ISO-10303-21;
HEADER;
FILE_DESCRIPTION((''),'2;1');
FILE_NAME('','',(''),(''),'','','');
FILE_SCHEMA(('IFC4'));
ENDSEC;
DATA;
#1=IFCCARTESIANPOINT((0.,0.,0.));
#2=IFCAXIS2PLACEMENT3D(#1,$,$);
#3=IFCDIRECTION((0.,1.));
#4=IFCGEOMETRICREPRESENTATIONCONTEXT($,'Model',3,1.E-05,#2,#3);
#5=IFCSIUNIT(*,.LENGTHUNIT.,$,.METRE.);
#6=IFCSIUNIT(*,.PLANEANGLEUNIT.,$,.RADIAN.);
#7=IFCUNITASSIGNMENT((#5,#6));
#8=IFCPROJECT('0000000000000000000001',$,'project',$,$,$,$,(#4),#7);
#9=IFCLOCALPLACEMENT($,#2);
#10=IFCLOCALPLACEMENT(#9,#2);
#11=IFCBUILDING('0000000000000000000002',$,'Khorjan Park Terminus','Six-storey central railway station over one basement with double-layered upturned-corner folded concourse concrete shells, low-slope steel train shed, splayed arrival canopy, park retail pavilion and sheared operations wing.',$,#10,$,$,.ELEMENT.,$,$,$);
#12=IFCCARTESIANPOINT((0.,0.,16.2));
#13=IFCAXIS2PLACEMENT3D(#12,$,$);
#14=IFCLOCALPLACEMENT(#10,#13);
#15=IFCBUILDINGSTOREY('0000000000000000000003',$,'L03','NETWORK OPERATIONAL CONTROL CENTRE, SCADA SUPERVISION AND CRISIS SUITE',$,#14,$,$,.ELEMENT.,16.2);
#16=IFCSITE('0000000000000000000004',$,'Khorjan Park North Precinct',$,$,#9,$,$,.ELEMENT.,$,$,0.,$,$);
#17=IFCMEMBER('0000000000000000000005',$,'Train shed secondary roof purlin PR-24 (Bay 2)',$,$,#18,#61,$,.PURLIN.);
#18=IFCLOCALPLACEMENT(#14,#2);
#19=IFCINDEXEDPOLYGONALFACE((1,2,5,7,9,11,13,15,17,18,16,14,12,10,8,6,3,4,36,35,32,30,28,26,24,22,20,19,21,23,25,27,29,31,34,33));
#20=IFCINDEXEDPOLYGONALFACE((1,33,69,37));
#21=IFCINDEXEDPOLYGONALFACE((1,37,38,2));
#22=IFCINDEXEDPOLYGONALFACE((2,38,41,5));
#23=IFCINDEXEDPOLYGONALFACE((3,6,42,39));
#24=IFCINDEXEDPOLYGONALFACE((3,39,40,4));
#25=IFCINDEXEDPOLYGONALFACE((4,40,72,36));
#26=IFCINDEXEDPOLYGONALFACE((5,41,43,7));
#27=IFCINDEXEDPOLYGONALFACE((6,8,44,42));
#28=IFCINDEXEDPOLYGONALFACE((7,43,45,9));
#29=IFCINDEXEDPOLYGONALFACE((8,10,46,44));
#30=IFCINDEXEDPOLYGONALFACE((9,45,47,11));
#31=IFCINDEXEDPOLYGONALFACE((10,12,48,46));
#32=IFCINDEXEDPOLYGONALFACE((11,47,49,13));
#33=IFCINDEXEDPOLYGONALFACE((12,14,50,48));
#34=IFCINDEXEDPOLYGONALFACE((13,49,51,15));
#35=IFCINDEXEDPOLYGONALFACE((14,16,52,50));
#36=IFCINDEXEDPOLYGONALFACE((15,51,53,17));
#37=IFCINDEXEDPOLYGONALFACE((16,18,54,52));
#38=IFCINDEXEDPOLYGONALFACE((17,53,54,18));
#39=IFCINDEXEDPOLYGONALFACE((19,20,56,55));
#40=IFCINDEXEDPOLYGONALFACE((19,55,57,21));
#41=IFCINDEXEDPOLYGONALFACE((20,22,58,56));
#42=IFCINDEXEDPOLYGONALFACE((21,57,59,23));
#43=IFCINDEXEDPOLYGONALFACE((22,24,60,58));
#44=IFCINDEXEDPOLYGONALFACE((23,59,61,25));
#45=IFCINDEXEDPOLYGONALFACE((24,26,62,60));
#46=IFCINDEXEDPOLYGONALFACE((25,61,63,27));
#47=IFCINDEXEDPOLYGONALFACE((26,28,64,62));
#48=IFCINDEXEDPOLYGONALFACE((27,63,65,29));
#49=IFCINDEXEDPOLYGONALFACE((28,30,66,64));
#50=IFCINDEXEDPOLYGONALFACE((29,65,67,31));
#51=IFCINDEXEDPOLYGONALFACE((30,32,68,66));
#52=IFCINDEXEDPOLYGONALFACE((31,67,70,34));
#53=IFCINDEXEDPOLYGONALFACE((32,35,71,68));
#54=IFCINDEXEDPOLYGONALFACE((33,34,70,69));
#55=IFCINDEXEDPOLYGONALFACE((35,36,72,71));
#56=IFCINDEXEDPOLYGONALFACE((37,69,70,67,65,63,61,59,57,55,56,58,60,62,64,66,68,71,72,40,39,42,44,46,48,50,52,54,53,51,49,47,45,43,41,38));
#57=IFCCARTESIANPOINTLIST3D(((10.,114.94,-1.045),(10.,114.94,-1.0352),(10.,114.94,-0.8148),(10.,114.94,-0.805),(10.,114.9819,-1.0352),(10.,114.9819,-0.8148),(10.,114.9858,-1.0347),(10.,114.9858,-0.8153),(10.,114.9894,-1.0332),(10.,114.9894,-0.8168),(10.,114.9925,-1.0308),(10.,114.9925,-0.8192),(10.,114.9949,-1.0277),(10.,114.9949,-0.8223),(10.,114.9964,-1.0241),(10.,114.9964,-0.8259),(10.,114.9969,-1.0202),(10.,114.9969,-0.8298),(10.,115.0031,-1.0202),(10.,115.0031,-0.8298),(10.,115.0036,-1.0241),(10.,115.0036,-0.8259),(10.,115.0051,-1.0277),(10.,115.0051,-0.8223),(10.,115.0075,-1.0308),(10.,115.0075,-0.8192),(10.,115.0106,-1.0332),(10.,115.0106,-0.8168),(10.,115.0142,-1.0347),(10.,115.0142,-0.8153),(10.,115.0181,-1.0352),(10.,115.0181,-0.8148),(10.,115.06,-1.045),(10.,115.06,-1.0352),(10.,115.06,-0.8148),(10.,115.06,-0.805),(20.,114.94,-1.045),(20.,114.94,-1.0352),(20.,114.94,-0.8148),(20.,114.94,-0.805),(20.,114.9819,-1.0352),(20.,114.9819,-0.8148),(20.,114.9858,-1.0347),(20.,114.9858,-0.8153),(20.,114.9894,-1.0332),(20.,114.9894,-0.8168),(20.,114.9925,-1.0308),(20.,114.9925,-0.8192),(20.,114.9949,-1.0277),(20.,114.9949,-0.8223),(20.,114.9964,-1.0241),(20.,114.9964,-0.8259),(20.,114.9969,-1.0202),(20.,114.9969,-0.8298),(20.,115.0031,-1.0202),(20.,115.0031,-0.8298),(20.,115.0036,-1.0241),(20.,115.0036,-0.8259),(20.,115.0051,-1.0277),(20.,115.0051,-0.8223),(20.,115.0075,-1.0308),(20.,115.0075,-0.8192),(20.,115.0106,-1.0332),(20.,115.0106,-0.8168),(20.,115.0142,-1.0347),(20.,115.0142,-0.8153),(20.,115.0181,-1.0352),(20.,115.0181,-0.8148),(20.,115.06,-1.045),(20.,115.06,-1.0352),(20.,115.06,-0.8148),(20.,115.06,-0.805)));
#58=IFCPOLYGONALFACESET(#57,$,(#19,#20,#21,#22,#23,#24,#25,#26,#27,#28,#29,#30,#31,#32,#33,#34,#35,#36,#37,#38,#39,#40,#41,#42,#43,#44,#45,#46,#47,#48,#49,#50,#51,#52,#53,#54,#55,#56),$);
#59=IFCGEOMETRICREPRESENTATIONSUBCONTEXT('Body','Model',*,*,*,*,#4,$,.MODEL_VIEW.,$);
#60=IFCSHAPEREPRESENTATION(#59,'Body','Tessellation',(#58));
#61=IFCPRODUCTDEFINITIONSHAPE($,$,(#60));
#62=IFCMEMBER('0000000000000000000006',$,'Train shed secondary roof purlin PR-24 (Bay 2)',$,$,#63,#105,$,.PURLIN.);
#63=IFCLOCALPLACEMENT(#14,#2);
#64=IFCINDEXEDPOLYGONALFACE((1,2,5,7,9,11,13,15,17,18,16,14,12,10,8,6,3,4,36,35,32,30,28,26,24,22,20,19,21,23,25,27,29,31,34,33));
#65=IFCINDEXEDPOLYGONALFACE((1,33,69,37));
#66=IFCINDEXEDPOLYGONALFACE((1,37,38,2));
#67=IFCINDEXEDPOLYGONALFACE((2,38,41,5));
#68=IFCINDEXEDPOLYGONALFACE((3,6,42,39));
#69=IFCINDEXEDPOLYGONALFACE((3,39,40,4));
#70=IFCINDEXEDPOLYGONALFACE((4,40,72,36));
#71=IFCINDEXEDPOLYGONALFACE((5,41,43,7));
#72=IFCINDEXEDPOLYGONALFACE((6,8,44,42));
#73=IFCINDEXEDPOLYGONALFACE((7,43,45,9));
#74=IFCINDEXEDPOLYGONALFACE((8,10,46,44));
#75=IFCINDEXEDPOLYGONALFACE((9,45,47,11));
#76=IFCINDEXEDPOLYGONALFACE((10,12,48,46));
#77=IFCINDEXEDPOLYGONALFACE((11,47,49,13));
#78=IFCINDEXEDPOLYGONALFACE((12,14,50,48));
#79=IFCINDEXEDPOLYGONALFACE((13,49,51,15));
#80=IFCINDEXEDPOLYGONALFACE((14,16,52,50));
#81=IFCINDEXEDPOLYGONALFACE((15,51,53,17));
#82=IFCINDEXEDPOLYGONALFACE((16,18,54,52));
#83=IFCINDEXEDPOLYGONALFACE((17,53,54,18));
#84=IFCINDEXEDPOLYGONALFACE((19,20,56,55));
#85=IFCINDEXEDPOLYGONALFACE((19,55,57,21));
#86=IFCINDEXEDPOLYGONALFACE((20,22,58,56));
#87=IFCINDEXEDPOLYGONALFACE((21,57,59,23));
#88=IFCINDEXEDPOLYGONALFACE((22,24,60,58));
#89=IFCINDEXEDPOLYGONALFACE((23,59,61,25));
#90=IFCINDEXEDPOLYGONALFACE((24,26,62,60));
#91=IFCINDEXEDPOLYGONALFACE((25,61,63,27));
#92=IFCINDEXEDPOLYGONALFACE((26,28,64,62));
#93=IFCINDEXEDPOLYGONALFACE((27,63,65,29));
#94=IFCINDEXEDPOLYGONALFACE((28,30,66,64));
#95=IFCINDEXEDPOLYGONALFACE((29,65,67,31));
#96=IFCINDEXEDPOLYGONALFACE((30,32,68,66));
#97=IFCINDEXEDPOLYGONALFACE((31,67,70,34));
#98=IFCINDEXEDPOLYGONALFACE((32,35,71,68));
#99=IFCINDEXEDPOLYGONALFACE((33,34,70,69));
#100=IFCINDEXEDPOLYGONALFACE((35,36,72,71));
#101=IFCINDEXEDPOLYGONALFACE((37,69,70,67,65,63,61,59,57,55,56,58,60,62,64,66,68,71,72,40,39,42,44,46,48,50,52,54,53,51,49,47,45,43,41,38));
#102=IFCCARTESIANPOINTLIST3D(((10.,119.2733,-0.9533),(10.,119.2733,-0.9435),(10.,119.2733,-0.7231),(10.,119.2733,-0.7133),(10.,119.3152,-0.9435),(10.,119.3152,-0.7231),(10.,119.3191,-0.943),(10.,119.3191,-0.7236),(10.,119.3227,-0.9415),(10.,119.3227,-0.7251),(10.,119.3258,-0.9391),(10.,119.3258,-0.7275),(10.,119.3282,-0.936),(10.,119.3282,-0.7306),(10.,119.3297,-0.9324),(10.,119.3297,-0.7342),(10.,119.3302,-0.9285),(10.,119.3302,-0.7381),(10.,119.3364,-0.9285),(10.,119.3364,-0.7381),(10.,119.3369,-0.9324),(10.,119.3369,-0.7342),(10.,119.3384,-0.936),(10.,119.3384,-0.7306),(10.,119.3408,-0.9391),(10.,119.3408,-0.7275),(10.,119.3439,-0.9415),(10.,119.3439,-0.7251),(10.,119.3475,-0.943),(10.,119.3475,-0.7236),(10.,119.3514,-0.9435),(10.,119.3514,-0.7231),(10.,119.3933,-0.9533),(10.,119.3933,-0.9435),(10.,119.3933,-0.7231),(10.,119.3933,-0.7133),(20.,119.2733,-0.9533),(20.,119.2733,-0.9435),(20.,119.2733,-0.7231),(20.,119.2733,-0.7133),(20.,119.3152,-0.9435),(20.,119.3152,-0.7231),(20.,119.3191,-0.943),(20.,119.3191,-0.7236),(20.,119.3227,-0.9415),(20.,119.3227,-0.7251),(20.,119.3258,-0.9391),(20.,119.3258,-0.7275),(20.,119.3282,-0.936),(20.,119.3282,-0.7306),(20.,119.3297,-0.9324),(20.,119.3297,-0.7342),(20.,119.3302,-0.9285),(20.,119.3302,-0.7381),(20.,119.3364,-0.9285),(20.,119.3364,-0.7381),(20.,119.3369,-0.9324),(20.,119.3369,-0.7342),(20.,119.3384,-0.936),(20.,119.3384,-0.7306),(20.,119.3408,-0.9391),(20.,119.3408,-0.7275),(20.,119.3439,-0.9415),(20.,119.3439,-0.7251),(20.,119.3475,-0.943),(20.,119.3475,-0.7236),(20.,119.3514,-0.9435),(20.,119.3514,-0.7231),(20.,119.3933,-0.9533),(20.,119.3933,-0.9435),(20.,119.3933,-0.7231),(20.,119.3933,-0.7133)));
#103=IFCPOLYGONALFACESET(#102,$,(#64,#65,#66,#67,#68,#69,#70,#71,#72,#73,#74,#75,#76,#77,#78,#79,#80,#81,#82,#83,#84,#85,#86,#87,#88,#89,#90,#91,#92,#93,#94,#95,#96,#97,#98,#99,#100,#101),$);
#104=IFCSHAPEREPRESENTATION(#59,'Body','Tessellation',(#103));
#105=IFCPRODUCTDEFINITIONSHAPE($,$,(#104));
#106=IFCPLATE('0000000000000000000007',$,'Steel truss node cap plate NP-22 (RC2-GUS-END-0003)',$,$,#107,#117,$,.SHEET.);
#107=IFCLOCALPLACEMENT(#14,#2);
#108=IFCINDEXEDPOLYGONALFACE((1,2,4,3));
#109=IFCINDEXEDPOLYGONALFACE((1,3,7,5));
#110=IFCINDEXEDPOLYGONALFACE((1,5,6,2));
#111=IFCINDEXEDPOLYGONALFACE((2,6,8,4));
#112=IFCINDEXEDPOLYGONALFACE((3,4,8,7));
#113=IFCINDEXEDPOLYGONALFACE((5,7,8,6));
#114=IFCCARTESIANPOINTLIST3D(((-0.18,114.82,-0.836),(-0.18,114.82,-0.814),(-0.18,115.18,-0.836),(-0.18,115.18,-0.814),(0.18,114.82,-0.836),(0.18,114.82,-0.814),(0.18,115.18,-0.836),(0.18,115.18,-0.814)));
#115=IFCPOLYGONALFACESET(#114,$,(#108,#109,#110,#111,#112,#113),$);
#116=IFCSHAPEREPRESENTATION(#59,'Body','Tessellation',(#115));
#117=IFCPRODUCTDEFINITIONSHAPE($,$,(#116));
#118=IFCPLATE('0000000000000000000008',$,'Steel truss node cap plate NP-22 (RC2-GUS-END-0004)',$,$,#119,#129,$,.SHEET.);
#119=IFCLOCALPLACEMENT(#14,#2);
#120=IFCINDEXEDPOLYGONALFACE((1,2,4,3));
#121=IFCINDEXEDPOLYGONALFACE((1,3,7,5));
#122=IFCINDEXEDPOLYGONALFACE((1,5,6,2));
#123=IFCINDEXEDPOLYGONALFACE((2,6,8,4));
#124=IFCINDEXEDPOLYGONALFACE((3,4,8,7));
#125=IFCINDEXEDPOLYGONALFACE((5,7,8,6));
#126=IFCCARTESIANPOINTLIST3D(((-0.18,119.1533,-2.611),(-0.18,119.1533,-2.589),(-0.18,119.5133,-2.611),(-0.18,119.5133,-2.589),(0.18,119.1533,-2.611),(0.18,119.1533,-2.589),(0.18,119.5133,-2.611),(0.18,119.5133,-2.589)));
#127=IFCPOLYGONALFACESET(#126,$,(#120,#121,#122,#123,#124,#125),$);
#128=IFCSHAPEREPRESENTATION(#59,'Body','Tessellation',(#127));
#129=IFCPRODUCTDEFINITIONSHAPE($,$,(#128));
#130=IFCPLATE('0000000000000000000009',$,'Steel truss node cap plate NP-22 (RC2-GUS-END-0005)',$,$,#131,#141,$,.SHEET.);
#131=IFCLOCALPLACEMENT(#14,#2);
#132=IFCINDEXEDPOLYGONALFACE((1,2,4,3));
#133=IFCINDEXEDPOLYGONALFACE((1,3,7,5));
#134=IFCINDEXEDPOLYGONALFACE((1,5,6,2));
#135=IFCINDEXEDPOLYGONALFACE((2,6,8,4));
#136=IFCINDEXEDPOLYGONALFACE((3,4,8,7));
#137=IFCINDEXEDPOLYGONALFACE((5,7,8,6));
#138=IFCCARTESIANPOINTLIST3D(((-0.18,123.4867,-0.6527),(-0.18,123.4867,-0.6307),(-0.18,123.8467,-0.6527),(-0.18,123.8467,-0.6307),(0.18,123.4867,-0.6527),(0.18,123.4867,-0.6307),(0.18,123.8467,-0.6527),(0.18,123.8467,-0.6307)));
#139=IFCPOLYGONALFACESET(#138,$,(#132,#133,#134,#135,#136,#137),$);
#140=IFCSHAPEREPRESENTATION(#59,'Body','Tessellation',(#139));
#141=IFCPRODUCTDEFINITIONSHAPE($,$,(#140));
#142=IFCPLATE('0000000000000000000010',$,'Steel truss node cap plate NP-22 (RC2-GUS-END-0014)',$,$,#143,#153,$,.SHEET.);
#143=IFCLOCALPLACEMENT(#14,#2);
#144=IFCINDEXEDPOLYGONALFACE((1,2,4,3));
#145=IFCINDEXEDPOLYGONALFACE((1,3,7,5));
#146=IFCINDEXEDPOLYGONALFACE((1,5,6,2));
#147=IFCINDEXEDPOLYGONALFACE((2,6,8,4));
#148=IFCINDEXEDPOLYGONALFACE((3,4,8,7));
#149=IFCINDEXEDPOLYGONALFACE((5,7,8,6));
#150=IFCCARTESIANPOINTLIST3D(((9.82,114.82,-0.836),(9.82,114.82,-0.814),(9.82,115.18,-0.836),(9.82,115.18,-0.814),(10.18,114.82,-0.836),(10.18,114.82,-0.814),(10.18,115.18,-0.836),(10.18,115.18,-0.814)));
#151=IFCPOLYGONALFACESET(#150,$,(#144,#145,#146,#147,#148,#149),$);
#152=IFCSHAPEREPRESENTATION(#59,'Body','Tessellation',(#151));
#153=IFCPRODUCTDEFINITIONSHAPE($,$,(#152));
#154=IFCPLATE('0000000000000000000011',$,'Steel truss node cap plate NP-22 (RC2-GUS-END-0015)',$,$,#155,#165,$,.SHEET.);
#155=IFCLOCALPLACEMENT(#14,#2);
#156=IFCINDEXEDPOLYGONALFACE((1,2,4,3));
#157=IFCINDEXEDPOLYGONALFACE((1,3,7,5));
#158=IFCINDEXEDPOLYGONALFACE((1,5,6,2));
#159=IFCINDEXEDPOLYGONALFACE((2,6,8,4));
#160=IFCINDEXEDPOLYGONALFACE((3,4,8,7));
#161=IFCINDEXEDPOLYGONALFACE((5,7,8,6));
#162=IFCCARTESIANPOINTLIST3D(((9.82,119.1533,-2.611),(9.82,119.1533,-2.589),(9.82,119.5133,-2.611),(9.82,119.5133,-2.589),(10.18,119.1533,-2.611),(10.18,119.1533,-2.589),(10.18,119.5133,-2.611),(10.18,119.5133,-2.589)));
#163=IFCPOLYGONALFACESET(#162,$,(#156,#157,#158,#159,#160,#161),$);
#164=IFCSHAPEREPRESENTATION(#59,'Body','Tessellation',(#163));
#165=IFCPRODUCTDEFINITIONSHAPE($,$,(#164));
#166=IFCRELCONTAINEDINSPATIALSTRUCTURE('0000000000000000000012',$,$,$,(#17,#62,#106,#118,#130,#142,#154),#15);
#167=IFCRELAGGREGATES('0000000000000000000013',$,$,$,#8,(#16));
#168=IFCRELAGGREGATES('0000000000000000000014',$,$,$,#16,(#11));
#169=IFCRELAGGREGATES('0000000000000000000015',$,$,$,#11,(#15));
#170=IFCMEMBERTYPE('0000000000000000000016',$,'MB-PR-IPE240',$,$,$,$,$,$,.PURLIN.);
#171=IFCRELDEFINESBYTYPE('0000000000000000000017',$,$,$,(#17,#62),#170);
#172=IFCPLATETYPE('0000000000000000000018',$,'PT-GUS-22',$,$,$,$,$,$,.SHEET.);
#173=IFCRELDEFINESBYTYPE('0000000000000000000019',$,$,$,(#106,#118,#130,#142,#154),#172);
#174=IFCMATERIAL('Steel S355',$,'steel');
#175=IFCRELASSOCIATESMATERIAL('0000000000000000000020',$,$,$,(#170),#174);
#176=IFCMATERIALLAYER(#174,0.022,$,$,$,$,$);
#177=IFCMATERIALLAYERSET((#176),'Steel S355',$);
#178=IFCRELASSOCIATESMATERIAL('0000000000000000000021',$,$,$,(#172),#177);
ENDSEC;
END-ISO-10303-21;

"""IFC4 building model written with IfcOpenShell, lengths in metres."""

from ifc_helpers import new_model, si_unit, direction, frame, origin, origin_2d, place, context, subcontext, project, spatial, rectangle, i_section, extrude, material, layer, layer_set, material_profile, profile_set, type_object, element, save


model = new_model("IFC4")

# Units and contexts
model_context = context("Model", 3, precision=1e-05, world=origin(), true_north=direction((0.0, 1.0)))
body_context = subcontext(model_context, "Body", "Model", "MODEL_VIEW")
ifc_project = project(units=[si_unit("LENGTHUNIT", "METRE"), si_unit("PLANEANGLEUNIT", "RADIAN")], contexts=[model_context])

# Site, building, storey
site_placement = place(None, origin())
site = spatial("IfcSite", under=ifc_project, at=site_placement, Name="Khorjan Park North Precinct", CompositionType="ELEMENT", RefElevation=0.0)
building_placement = place(site_placement, origin())
building = spatial("IfcBuilding", under=site, at=building_placement, Name="Khorjan Park Terminus", Description="Six-storey central railway station over one basement with double-layered upturned-corner folded concourse concrete shells, low-slope steel train shed, splayed arrival canopy, park retail pavilion and sheared operations wing.", CompositionType="ELEMENT")
storey_placement = place(building_placement, frame((0.0, 0.0, 16.2)))
storey = spatial("IfcBuildingStorey", under=building, at=storey_placement, Name="L03", Description="NETWORK OPERATIONAL CONTROL CENTRE, SCADA SUPERVISION AND CRISIS SUITE", CompositionType="ELEMENT", Elevation=16.2)

# Members
ifc_material = material(Name="Steel S355", Category="steel")
ifc_material_profile_1 = material_profile(ifc_material, i_section(OverallWidth=0.12, OverallDepth=0.24, WebThickness=0.0062, FlangeThickness=0.0098, FilletRadius=0.015, at=origin_2d()), Name="IPE 240")
ifc_profile_set_1 = profile_set([ifc_material_profile_1], Name="Steel S355")
member_type_1 = type_object("IfcMemberType", Name="MB-PR-IPE240", PredefinedType="PURLIN", material=ifc_profile_set_1)
for number, where, z_axis, x_axis, name in (
    (1, (10.0, 115.0, -0.925), (1.0, 0.0, 0.0), (0.0, 1.0, 0.0), "Train shed secondary roof purlin PR-24 (Bay 2)"),
    (2, (10.0, 119.3333, -0.8333), (1.0, 0.0, 0.0), (0.0, 1.0, 0.0), "Train shed secondary roof purlin PR-24 (Bay 2)"),
):
    element("IfcMember", number, at=place(storey_placement, frame(where, z_axis=z_axis, x_axis=x_axis)), inside=storey, type_object=member_type_1, Name=name, PredefinedType="PURLIN", context=body_context, shape_type="SweptSolid", body=[
        extrude(i_section(OverallWidth=0.12, OverallDepth=0.24, WebThickness=0.0062, FlangeThickness=0.0098, FilletRadius=0.015, at=origin_2d()), origin(), (0.0, 0.0, 1.0), 10.0),
    ])

# Plates
ifc_layer = layer(ifc_material, 0.022)
ifc_layer_set = layer_set([ifc_layer], Name="Steel S355")
plate_type = type_object("IfcPlateType", Name="PT-GUS-22", PredefinedType="SHEET", material=ifc_layer_set)
for number, where, z_axis, x_axis, name in (
    (3, (0.0, 115.0, -0.836), (0.0, 0.0, 1.0), (1.0, 0.0, 0.0), "Steel truss node cap plate NP-22 (RC2-GUS-END-0003)"),
    (4, (0.0, 119.3333, -2.611), (0.0, 0.0, 1.0), (1.0, 0.0, 0.0), "Steel truss node cap plate NP-22 (RC2-GUS-END-0004)"),
    (5, (0.0, 123.6667, -0.6527), (0.0, 0.0, 1.0), (1.0, 0.0, 0.0), "Steel truss node cap plate NP-22 (RC2-GUS-END-0005)"),
    (6, (10.0, 115.0, -0.836), (0.0, 0.0, 1.0), (1.0, 0.0, 0.0), "Steel truss node cap plate NP-22 (RC2-GUS-END-0014)"),
    (7, (10.0, 119.3333, -2.611), (0.0, 0.0, 1.0), (1.0, 0.0, 0.0), "Steel truss node cap plate NP-22 (RC2-GUS-END-0015)"),
):
    element("IfcPlate", number, at=place(storey_placement, frame(where, z_axis=z_axis, x_axis=x_axis)), inside=storey, type_object=plate_type, Name=name, PredefinedType="SHEET", context=body_context, shape_type="SweptSolid", body=[
        extrude(rectangle(XDim=0.36, YDim=0.36, at=origin_2d()), origin(), (0.0, 0.0, 1.0), 0.022),
    ])

save(model, "model.ifc")
